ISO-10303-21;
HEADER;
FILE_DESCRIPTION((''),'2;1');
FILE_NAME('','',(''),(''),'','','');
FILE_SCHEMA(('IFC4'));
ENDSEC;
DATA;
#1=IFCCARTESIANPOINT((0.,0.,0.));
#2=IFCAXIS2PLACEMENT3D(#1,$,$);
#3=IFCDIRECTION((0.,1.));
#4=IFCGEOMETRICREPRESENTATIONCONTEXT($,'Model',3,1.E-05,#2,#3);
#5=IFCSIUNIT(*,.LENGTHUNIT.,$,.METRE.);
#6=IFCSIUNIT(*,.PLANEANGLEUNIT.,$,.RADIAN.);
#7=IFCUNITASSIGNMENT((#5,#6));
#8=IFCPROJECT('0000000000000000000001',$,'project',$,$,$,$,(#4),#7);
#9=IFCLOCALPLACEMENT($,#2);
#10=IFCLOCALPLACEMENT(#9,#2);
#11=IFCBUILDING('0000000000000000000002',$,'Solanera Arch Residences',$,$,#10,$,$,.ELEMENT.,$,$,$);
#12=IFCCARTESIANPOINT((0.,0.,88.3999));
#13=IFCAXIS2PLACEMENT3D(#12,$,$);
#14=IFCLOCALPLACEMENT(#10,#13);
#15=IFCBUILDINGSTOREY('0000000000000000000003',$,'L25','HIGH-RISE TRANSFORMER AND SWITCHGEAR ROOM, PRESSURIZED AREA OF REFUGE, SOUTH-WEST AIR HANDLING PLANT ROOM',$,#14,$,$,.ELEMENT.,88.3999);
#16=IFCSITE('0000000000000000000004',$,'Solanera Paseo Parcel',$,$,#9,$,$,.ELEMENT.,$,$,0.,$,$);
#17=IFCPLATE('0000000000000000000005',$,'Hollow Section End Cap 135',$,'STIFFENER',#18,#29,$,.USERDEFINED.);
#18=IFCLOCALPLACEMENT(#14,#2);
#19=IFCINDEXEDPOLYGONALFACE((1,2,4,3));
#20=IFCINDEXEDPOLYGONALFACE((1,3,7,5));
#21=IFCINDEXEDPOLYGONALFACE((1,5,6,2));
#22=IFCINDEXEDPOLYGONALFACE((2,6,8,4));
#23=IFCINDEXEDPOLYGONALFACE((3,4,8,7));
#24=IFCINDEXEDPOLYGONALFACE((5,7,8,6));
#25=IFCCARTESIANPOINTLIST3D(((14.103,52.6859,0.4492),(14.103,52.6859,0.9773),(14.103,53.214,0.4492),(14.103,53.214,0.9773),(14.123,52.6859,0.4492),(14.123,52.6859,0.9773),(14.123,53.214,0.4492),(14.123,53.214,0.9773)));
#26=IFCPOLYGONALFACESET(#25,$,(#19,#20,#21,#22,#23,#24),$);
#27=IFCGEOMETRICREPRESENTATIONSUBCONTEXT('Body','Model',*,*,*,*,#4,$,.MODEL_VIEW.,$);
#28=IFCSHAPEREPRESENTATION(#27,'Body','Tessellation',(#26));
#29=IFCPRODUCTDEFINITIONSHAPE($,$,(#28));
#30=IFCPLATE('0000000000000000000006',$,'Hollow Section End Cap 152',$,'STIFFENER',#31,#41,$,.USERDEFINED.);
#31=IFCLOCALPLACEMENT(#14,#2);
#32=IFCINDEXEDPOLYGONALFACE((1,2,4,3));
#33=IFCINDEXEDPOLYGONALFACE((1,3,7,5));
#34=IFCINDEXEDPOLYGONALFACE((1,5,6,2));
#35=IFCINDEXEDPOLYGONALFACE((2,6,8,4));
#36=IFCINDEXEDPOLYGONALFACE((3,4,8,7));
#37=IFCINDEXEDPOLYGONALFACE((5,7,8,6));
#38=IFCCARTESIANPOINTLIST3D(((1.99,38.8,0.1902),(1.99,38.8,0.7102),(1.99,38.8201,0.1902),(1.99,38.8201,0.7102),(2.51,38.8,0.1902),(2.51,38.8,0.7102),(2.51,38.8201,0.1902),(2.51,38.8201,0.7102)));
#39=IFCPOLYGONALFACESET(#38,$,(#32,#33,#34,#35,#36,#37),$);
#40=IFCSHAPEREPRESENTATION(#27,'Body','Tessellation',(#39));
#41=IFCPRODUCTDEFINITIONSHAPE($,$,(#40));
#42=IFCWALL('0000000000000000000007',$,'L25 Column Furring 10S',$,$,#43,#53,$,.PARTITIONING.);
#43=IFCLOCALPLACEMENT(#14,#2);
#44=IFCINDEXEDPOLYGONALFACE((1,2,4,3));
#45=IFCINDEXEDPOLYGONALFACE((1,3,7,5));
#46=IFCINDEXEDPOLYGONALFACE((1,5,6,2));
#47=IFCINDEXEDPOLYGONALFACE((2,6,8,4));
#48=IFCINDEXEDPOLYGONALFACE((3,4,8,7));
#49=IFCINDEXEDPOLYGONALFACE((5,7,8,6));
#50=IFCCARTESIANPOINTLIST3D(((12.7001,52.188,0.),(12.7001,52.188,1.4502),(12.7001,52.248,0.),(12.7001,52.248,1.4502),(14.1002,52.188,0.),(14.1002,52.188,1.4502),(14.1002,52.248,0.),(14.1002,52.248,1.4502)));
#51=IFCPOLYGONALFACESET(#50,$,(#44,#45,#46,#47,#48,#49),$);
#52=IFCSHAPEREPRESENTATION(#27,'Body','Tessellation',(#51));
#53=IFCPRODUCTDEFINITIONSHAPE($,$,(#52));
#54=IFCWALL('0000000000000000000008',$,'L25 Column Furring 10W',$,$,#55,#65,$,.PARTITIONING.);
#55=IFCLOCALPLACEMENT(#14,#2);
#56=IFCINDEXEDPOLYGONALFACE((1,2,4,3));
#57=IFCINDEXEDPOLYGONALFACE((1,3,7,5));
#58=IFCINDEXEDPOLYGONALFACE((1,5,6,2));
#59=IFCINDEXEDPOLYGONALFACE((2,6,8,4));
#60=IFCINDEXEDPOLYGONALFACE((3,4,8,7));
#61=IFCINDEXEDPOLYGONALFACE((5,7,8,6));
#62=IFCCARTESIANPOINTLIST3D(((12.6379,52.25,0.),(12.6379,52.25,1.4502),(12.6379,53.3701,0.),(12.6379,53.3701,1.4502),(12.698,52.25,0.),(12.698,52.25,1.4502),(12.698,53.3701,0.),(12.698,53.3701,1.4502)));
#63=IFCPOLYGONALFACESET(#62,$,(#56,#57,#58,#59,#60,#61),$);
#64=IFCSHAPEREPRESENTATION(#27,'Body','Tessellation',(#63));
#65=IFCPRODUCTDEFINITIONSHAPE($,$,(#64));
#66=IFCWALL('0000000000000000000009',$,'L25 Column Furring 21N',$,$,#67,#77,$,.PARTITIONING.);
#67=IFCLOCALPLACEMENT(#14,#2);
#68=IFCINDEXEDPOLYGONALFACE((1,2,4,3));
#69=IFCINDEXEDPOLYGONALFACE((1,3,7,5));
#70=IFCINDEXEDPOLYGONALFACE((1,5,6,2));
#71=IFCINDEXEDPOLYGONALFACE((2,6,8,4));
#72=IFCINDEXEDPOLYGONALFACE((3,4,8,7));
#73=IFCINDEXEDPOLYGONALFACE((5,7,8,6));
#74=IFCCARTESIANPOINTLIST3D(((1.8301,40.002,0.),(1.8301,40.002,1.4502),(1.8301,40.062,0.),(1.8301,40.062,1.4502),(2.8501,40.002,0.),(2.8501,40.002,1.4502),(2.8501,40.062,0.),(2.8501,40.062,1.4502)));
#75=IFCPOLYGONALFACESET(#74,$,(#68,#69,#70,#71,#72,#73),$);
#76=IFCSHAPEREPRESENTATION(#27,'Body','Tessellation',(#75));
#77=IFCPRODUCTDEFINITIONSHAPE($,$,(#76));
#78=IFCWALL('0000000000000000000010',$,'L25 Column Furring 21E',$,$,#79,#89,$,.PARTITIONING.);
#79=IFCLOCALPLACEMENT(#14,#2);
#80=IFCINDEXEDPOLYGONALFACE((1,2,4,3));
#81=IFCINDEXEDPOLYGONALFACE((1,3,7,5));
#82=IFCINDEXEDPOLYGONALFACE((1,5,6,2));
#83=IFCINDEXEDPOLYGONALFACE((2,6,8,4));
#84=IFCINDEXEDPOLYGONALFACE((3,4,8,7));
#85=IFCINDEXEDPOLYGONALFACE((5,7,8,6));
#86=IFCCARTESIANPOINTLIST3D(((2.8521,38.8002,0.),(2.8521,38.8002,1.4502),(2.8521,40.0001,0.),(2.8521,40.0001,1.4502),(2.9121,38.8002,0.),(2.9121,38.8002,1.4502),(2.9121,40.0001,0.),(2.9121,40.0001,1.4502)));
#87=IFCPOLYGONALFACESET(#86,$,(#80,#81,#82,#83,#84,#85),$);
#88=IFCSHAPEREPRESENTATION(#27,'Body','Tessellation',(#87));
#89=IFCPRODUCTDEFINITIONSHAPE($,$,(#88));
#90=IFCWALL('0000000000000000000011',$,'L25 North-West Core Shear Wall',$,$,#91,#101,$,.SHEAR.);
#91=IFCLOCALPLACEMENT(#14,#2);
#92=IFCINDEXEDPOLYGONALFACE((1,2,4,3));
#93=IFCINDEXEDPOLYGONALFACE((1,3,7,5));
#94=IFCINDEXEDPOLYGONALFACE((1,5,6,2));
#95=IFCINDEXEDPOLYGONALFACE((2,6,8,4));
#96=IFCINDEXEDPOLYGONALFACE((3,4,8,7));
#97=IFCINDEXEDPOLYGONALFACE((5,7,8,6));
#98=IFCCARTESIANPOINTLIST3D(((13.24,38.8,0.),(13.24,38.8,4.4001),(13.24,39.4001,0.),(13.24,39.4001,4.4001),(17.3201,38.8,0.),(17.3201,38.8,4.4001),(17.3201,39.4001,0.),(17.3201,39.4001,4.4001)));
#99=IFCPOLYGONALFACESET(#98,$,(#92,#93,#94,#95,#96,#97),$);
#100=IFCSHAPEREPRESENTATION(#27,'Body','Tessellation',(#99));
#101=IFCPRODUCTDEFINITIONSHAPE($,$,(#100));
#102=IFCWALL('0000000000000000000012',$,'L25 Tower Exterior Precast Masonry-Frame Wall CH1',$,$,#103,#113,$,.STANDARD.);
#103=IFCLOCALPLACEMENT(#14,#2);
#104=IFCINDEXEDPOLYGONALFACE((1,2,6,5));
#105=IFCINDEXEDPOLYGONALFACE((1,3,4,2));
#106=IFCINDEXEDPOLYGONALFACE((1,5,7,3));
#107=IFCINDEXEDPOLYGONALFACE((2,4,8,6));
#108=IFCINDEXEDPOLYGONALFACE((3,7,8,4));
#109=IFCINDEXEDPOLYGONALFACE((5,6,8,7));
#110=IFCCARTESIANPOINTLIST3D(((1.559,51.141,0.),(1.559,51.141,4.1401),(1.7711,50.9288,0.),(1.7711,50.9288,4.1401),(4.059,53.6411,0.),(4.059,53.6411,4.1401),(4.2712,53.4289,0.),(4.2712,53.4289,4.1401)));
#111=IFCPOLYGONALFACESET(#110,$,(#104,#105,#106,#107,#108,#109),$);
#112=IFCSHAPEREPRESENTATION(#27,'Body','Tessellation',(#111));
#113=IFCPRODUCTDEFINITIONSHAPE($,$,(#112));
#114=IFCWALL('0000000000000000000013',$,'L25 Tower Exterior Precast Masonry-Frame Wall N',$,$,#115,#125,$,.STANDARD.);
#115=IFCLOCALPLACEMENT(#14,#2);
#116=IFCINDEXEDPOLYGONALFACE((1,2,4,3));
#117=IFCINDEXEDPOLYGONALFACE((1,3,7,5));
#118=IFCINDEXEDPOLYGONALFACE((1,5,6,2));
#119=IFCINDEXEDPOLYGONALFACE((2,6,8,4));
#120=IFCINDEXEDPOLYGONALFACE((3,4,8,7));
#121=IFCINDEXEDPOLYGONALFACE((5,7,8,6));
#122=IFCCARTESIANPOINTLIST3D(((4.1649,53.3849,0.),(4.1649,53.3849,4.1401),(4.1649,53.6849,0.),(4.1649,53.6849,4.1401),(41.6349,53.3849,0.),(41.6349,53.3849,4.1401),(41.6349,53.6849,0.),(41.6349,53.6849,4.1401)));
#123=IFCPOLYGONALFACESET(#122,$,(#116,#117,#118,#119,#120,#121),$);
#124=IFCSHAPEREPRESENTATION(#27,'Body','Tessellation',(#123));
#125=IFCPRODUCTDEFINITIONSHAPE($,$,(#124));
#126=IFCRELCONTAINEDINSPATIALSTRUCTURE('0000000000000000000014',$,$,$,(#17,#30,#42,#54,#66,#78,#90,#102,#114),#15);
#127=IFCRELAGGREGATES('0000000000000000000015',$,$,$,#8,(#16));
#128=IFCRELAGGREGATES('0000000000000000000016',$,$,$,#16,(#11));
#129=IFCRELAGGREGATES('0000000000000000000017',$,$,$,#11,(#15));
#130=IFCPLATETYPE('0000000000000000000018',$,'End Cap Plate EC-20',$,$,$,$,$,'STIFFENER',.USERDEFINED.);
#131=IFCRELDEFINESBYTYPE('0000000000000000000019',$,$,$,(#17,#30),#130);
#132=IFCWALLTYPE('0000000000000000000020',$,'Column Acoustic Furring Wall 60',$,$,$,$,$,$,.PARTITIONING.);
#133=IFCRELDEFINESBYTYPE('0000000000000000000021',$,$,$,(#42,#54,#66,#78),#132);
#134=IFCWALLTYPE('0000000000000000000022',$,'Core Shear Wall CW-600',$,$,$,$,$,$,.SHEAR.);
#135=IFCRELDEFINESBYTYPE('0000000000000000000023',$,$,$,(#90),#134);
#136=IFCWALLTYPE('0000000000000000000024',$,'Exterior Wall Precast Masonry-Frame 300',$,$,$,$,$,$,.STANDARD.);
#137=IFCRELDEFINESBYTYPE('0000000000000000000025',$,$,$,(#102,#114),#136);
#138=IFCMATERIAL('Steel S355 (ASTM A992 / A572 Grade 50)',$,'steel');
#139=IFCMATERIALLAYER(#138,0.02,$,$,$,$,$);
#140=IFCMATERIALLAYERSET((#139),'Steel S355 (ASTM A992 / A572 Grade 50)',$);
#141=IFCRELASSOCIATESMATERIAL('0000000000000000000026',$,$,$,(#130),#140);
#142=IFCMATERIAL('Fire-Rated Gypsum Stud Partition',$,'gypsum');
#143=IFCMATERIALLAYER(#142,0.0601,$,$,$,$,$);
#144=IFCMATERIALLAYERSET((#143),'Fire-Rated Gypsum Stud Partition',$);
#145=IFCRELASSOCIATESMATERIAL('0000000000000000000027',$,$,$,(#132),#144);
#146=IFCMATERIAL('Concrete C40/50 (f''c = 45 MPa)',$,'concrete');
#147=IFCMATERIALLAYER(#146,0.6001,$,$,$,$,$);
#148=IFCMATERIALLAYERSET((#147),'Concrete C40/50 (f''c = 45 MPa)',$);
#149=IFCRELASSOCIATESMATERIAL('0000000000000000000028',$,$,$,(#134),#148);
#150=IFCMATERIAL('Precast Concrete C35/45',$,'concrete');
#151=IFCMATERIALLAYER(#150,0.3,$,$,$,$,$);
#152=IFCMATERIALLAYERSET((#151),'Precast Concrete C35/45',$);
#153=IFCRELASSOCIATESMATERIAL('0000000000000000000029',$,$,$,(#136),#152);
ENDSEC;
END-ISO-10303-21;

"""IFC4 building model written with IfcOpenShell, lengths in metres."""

from ifc_helpers import new_model, si_unit, direction, frame, frame_2d, origin, origin_2d, place, context, subcontext, project, spatial, rectangle, extrude, material, layer, layer_set, type_object, element, save


model = new_model("IFC4")

# Units and contexts
model_context = context("Model", 3, precision=1e-05, world=origin(), true_north=direction((0.0, 1.0)))
body_context = subcontext(model_context, "Body", "Model", "MODEL_VIEW")
ifc_project = project(units=[si_unit("LENGTHUNIT", "METRE"), si_unit("PLANEANGLEUNIT", "RADIAN")], contexts=[model_context])

# Site, building, storey
site_placement = place(None, origin())
site = spatial("IfcSite", under=ifc_project, at=site_placement, Name="Solanera Paseo Parcel", CompositionType="ELEMENT", RefElevation=0.0)
building_placement = place(site_placement, origin())
building = spatial("IfcBuilding", under=site, at=building_placement, Name="Solanera Arch Residences", CompositionType="ELEMENT")
storey_placement = place(building_placement, frame((0.0, 0.0, 88.3999)))
storey = spatial("IfcBuildingStorey", under=building, at=storey_placement, Name="L25", Description="HIGH-RISE TRANSFORMER AND SWITCHGEAR ROOM, PRESSURIZED AREA OF REFUGE, SOUTH-WEST AIR HANDLING PLANT ROOM", CompositionType="ELEMENT", Elevation=88.3999)

# Plates
ifc_material_1 = material(Name="Steel S355 (ASTM A992 / A572 Grade 50)", Category="steel")
ifc_layer_1 = layer(ifc_material_1, 0.02)
ifc_layer_set_1 = layer_set([ifc_layer_1], Name="Steel S355 (ASTM A992 / A572 Grade 50)")
plate_type = type_object("IfcPlateType", Name="End Cap Plate EC-20", ElementType="STIFFENER", PredefinedType="USERDEFINED", material=ifc_layer_set_1)
plate_1_placement = place(storey_placement, frame((14.113, 52.95, 0.4492), z_axis=(0.0, 0.0, 1.0), x_axis=(-1.0, 0.0, 0.0)))
element("IfcPlate", 1, at=plate_1_placement, inside=storey, type_object=plate_type, Name="Hollow Section End Cap 135", ObjectType="STIFFENER", PredefinedType="USERDEFINED", context=body_context, shape_type="SweptSolid", body=[
    extrude(rectangle(XDim=0.02, YDim=0.5281, at=origin_2d()), origin(), (0.0, 0.0, 1.0), 0.5281),
])
plate_2_placement = place(storey_placement, frame((2.25, 38.8101, 0.1902), z_axis=(0.0, 0.0, 1.0), x_axis=(0.0, 1.0, 0.0)))
element("IfcPlate", 2, at=plate_2_placement, inside=storey, type_object=plate_type, Name="Hollow Section End Cap 152", ObjectType="STIFFENER", PredefinedType="USERDEFINED", context=body_context, shape_type="SweptSolid", body=[
    extrude(rectangle(XDim=0.02, YDim=0.52, at=origin_2d()), origin(), (0.0, 0.0, 1.0), 0.52),
])

# Walls
ifc_material_2 = material(Name="Fire-Rated Gypsum Stud Partition", Category="gypsum")
ifc_layer_2 = layer(ifc_material_2, 0.0601)
ifc_layer_set_2 = layer_set([ifc_layer_2], Name="Fire-Rated Gypsum Stud Partition")
wall_type_1 = type_object("IfcWallType", Name="Column Acoustic Furring Wall 60", PredefinedType="PARTITIONING", material=ifc_layer_set_2)
wall_1_placement = place(storey_placement, frame((12.7, 52.218, 0.0), z_axis=(0.0, 0.0, 1.0), x_axis=(1.0, 0.0, 0.0)))
element("IfcWall", 3, at=wall_1_placement, inside=storey, type_object=wall_type_1, Name="L25 Column Furring 10S", PredefinedType="PARTITIONING", context=body_context, shape_type="SweptSolid", body=[
    extrude(rectangle(XDim=1.4001, YDim=0.0601, at=frame_2d((0.7002, 0.0))), origin(), (0.0, 0.0, 1.0), 1.4502),
])
wall_2_placement = place(storey_placement, frame((12.668, 52.25, 0.0), z_axis=(0.0, 0.0, 1.0), x_axis=(0.0, 1.0, 0.0)))
element("IfcWall", 4, at=wall_2_placement, inside=storey, type_object=wall_type_1, Name="L25 Column Furring 10W", PredefinedType="PARTITIONING", context=body_context, shape_type="SweptSolid", body=[
    extrude(rectangle(XDim=1.1201, YDim=0.0601, at=frame_2d((0.5601, 0.0))), origin(), (0.0, 0.0, 1.0), 1.4502),
])
wall_3_placement = place(storey_placement, frame((1.8301, 40.032, 0.0), z_axis=(0.0, 0.0, 1.0), x_axis=(1.0, 0.0, 0.0)))
element("IfcWall", 5, at=wall_3_placement, inside=storey, type_object=wall_type_1, Name="L25 Column Furring 21N", PredefinedType="PARTITIONING", context=body_context, shape_type="SweptSolid", body=[
    extrude(rectangle(XDim=1.02, YDim=0.0601, at=frame_2d((0.51, 0.0))), origin(), (0.0, 0.0, 1.0), 1.4502),
])
wall_4_placement = place(storey_placement, frame((2.8821, 38.8, 0.0), z_axis=(0.0, 0.0, 1.0), x_axis=(0.0, 1.0, 0.0)))
element("IfcWall", 6, at=wall_4_placement, inside=storey, type_object=wall_type_1, Name="L25 Column Furring 21E", PredefinedType="PARTITIONING", context=body_context, shape_type="SweptSolid", body=[
    extrude(rectangle(XDim=1.2, YDim=0.0601, at=frame_2d((0.6001, 0.0))), origin(), (0.0, 0.0, 1.0), 1.4502),
])
ifc_material_3 = material(Name="Concrete C40/50 (f'c = 45 MPa)", Category="concrete")
ifc_layer_3 = layer(ifc_material_3, 0.6001)
ifc_layer_set_3 = layer_set([ifc_layer_3], Name="Concrete C40/50 (f'c = 45 MPa)")
wall_type_2 = type_object("IfcWallType", Name="Core Shear Wall CW-600", PredefinedType="SHEAR", material=ifc_layer_set_3)
wall_5_placement = place(storey_placement, frame((13.24, 39.1001, 0.0), z_axis=(0.0, 0.0, 1.0), x_axis=(1.0, 0.0, 0.0)))
element("IfcWall", 7, at=wall_5_placement, inside=storey, type_object=wall_type_2, Name="L25 North-West Core Shear Wall", PredefinedType="SHEAR", context=body_context, shape_type="SweptSolid", body=[
    extrude(rectangle(XDim=4.0801, YDim=0.6001, at=frame_2d((2.04, 0.0))), origin(), (0.0, 0.0, 1.0), 4.4001),
])

# Walls
ifc_material_4 = material(Name="Precast Concrete C35/45", Category="concrete")
ifc_layer_4 = layer(ifc_material_4, 0.3)
ifc_layer_set_4 = layer_set([ifc_layer_4], Name="Precast Concrete C35/45")
wall_type_3 = type_object("IfcWallType", Name="Exterior Wall Precast Masonry-Frame 300", PredefinedType="STANDARD", material=ifc_layer_set_4)
wall_6_placement = place(storey_placement, frame((1.665, 51.0349, 0.0), z_axis=(0.0, 0.0, 1.0), x_axis=(0.707107, 0.707107, 0.0)))
element("IfcWall", 8, at=wall_6_placement, inside=storey, type_object=wall_type_3, Name="L25 Tower Exterior Precast Masonry-Frame Wall CH1", PredefinedType="STANDARD", context=body_context, shape_type="SweptSolid", body=[
    extrude(rectangle(XDim=3.5356, YDim=0.3, at=frame_2d((1.7678, 0.0))), origin(), (0.0, 0.0, 1.0), 4.1401),
])
wall_7_placement = place(storey_placement, frame((4.165, 53.5349, 0.0), z_axis=(0.0, 0.0, 1.0), x_axis=(1.0, 0.0, 0.0)))
element("IfcWall", 9, at=wall_7_placement, inside=storey, type_object=wall_type_3, Name="L25 Tower Exterior Precast Masonry-Frame Wall N", PredefinedType="STANDARD", context=body_context, shape_type="SweptSolid", body=[
    extrude(rectangle(XDim=37.47, YDim=0.3, at=frame_2d((18.7349, 0.0))), origin(), (0.0, 0.0, 1.0), 4.1401),
])

save(model, "model.ifc")
